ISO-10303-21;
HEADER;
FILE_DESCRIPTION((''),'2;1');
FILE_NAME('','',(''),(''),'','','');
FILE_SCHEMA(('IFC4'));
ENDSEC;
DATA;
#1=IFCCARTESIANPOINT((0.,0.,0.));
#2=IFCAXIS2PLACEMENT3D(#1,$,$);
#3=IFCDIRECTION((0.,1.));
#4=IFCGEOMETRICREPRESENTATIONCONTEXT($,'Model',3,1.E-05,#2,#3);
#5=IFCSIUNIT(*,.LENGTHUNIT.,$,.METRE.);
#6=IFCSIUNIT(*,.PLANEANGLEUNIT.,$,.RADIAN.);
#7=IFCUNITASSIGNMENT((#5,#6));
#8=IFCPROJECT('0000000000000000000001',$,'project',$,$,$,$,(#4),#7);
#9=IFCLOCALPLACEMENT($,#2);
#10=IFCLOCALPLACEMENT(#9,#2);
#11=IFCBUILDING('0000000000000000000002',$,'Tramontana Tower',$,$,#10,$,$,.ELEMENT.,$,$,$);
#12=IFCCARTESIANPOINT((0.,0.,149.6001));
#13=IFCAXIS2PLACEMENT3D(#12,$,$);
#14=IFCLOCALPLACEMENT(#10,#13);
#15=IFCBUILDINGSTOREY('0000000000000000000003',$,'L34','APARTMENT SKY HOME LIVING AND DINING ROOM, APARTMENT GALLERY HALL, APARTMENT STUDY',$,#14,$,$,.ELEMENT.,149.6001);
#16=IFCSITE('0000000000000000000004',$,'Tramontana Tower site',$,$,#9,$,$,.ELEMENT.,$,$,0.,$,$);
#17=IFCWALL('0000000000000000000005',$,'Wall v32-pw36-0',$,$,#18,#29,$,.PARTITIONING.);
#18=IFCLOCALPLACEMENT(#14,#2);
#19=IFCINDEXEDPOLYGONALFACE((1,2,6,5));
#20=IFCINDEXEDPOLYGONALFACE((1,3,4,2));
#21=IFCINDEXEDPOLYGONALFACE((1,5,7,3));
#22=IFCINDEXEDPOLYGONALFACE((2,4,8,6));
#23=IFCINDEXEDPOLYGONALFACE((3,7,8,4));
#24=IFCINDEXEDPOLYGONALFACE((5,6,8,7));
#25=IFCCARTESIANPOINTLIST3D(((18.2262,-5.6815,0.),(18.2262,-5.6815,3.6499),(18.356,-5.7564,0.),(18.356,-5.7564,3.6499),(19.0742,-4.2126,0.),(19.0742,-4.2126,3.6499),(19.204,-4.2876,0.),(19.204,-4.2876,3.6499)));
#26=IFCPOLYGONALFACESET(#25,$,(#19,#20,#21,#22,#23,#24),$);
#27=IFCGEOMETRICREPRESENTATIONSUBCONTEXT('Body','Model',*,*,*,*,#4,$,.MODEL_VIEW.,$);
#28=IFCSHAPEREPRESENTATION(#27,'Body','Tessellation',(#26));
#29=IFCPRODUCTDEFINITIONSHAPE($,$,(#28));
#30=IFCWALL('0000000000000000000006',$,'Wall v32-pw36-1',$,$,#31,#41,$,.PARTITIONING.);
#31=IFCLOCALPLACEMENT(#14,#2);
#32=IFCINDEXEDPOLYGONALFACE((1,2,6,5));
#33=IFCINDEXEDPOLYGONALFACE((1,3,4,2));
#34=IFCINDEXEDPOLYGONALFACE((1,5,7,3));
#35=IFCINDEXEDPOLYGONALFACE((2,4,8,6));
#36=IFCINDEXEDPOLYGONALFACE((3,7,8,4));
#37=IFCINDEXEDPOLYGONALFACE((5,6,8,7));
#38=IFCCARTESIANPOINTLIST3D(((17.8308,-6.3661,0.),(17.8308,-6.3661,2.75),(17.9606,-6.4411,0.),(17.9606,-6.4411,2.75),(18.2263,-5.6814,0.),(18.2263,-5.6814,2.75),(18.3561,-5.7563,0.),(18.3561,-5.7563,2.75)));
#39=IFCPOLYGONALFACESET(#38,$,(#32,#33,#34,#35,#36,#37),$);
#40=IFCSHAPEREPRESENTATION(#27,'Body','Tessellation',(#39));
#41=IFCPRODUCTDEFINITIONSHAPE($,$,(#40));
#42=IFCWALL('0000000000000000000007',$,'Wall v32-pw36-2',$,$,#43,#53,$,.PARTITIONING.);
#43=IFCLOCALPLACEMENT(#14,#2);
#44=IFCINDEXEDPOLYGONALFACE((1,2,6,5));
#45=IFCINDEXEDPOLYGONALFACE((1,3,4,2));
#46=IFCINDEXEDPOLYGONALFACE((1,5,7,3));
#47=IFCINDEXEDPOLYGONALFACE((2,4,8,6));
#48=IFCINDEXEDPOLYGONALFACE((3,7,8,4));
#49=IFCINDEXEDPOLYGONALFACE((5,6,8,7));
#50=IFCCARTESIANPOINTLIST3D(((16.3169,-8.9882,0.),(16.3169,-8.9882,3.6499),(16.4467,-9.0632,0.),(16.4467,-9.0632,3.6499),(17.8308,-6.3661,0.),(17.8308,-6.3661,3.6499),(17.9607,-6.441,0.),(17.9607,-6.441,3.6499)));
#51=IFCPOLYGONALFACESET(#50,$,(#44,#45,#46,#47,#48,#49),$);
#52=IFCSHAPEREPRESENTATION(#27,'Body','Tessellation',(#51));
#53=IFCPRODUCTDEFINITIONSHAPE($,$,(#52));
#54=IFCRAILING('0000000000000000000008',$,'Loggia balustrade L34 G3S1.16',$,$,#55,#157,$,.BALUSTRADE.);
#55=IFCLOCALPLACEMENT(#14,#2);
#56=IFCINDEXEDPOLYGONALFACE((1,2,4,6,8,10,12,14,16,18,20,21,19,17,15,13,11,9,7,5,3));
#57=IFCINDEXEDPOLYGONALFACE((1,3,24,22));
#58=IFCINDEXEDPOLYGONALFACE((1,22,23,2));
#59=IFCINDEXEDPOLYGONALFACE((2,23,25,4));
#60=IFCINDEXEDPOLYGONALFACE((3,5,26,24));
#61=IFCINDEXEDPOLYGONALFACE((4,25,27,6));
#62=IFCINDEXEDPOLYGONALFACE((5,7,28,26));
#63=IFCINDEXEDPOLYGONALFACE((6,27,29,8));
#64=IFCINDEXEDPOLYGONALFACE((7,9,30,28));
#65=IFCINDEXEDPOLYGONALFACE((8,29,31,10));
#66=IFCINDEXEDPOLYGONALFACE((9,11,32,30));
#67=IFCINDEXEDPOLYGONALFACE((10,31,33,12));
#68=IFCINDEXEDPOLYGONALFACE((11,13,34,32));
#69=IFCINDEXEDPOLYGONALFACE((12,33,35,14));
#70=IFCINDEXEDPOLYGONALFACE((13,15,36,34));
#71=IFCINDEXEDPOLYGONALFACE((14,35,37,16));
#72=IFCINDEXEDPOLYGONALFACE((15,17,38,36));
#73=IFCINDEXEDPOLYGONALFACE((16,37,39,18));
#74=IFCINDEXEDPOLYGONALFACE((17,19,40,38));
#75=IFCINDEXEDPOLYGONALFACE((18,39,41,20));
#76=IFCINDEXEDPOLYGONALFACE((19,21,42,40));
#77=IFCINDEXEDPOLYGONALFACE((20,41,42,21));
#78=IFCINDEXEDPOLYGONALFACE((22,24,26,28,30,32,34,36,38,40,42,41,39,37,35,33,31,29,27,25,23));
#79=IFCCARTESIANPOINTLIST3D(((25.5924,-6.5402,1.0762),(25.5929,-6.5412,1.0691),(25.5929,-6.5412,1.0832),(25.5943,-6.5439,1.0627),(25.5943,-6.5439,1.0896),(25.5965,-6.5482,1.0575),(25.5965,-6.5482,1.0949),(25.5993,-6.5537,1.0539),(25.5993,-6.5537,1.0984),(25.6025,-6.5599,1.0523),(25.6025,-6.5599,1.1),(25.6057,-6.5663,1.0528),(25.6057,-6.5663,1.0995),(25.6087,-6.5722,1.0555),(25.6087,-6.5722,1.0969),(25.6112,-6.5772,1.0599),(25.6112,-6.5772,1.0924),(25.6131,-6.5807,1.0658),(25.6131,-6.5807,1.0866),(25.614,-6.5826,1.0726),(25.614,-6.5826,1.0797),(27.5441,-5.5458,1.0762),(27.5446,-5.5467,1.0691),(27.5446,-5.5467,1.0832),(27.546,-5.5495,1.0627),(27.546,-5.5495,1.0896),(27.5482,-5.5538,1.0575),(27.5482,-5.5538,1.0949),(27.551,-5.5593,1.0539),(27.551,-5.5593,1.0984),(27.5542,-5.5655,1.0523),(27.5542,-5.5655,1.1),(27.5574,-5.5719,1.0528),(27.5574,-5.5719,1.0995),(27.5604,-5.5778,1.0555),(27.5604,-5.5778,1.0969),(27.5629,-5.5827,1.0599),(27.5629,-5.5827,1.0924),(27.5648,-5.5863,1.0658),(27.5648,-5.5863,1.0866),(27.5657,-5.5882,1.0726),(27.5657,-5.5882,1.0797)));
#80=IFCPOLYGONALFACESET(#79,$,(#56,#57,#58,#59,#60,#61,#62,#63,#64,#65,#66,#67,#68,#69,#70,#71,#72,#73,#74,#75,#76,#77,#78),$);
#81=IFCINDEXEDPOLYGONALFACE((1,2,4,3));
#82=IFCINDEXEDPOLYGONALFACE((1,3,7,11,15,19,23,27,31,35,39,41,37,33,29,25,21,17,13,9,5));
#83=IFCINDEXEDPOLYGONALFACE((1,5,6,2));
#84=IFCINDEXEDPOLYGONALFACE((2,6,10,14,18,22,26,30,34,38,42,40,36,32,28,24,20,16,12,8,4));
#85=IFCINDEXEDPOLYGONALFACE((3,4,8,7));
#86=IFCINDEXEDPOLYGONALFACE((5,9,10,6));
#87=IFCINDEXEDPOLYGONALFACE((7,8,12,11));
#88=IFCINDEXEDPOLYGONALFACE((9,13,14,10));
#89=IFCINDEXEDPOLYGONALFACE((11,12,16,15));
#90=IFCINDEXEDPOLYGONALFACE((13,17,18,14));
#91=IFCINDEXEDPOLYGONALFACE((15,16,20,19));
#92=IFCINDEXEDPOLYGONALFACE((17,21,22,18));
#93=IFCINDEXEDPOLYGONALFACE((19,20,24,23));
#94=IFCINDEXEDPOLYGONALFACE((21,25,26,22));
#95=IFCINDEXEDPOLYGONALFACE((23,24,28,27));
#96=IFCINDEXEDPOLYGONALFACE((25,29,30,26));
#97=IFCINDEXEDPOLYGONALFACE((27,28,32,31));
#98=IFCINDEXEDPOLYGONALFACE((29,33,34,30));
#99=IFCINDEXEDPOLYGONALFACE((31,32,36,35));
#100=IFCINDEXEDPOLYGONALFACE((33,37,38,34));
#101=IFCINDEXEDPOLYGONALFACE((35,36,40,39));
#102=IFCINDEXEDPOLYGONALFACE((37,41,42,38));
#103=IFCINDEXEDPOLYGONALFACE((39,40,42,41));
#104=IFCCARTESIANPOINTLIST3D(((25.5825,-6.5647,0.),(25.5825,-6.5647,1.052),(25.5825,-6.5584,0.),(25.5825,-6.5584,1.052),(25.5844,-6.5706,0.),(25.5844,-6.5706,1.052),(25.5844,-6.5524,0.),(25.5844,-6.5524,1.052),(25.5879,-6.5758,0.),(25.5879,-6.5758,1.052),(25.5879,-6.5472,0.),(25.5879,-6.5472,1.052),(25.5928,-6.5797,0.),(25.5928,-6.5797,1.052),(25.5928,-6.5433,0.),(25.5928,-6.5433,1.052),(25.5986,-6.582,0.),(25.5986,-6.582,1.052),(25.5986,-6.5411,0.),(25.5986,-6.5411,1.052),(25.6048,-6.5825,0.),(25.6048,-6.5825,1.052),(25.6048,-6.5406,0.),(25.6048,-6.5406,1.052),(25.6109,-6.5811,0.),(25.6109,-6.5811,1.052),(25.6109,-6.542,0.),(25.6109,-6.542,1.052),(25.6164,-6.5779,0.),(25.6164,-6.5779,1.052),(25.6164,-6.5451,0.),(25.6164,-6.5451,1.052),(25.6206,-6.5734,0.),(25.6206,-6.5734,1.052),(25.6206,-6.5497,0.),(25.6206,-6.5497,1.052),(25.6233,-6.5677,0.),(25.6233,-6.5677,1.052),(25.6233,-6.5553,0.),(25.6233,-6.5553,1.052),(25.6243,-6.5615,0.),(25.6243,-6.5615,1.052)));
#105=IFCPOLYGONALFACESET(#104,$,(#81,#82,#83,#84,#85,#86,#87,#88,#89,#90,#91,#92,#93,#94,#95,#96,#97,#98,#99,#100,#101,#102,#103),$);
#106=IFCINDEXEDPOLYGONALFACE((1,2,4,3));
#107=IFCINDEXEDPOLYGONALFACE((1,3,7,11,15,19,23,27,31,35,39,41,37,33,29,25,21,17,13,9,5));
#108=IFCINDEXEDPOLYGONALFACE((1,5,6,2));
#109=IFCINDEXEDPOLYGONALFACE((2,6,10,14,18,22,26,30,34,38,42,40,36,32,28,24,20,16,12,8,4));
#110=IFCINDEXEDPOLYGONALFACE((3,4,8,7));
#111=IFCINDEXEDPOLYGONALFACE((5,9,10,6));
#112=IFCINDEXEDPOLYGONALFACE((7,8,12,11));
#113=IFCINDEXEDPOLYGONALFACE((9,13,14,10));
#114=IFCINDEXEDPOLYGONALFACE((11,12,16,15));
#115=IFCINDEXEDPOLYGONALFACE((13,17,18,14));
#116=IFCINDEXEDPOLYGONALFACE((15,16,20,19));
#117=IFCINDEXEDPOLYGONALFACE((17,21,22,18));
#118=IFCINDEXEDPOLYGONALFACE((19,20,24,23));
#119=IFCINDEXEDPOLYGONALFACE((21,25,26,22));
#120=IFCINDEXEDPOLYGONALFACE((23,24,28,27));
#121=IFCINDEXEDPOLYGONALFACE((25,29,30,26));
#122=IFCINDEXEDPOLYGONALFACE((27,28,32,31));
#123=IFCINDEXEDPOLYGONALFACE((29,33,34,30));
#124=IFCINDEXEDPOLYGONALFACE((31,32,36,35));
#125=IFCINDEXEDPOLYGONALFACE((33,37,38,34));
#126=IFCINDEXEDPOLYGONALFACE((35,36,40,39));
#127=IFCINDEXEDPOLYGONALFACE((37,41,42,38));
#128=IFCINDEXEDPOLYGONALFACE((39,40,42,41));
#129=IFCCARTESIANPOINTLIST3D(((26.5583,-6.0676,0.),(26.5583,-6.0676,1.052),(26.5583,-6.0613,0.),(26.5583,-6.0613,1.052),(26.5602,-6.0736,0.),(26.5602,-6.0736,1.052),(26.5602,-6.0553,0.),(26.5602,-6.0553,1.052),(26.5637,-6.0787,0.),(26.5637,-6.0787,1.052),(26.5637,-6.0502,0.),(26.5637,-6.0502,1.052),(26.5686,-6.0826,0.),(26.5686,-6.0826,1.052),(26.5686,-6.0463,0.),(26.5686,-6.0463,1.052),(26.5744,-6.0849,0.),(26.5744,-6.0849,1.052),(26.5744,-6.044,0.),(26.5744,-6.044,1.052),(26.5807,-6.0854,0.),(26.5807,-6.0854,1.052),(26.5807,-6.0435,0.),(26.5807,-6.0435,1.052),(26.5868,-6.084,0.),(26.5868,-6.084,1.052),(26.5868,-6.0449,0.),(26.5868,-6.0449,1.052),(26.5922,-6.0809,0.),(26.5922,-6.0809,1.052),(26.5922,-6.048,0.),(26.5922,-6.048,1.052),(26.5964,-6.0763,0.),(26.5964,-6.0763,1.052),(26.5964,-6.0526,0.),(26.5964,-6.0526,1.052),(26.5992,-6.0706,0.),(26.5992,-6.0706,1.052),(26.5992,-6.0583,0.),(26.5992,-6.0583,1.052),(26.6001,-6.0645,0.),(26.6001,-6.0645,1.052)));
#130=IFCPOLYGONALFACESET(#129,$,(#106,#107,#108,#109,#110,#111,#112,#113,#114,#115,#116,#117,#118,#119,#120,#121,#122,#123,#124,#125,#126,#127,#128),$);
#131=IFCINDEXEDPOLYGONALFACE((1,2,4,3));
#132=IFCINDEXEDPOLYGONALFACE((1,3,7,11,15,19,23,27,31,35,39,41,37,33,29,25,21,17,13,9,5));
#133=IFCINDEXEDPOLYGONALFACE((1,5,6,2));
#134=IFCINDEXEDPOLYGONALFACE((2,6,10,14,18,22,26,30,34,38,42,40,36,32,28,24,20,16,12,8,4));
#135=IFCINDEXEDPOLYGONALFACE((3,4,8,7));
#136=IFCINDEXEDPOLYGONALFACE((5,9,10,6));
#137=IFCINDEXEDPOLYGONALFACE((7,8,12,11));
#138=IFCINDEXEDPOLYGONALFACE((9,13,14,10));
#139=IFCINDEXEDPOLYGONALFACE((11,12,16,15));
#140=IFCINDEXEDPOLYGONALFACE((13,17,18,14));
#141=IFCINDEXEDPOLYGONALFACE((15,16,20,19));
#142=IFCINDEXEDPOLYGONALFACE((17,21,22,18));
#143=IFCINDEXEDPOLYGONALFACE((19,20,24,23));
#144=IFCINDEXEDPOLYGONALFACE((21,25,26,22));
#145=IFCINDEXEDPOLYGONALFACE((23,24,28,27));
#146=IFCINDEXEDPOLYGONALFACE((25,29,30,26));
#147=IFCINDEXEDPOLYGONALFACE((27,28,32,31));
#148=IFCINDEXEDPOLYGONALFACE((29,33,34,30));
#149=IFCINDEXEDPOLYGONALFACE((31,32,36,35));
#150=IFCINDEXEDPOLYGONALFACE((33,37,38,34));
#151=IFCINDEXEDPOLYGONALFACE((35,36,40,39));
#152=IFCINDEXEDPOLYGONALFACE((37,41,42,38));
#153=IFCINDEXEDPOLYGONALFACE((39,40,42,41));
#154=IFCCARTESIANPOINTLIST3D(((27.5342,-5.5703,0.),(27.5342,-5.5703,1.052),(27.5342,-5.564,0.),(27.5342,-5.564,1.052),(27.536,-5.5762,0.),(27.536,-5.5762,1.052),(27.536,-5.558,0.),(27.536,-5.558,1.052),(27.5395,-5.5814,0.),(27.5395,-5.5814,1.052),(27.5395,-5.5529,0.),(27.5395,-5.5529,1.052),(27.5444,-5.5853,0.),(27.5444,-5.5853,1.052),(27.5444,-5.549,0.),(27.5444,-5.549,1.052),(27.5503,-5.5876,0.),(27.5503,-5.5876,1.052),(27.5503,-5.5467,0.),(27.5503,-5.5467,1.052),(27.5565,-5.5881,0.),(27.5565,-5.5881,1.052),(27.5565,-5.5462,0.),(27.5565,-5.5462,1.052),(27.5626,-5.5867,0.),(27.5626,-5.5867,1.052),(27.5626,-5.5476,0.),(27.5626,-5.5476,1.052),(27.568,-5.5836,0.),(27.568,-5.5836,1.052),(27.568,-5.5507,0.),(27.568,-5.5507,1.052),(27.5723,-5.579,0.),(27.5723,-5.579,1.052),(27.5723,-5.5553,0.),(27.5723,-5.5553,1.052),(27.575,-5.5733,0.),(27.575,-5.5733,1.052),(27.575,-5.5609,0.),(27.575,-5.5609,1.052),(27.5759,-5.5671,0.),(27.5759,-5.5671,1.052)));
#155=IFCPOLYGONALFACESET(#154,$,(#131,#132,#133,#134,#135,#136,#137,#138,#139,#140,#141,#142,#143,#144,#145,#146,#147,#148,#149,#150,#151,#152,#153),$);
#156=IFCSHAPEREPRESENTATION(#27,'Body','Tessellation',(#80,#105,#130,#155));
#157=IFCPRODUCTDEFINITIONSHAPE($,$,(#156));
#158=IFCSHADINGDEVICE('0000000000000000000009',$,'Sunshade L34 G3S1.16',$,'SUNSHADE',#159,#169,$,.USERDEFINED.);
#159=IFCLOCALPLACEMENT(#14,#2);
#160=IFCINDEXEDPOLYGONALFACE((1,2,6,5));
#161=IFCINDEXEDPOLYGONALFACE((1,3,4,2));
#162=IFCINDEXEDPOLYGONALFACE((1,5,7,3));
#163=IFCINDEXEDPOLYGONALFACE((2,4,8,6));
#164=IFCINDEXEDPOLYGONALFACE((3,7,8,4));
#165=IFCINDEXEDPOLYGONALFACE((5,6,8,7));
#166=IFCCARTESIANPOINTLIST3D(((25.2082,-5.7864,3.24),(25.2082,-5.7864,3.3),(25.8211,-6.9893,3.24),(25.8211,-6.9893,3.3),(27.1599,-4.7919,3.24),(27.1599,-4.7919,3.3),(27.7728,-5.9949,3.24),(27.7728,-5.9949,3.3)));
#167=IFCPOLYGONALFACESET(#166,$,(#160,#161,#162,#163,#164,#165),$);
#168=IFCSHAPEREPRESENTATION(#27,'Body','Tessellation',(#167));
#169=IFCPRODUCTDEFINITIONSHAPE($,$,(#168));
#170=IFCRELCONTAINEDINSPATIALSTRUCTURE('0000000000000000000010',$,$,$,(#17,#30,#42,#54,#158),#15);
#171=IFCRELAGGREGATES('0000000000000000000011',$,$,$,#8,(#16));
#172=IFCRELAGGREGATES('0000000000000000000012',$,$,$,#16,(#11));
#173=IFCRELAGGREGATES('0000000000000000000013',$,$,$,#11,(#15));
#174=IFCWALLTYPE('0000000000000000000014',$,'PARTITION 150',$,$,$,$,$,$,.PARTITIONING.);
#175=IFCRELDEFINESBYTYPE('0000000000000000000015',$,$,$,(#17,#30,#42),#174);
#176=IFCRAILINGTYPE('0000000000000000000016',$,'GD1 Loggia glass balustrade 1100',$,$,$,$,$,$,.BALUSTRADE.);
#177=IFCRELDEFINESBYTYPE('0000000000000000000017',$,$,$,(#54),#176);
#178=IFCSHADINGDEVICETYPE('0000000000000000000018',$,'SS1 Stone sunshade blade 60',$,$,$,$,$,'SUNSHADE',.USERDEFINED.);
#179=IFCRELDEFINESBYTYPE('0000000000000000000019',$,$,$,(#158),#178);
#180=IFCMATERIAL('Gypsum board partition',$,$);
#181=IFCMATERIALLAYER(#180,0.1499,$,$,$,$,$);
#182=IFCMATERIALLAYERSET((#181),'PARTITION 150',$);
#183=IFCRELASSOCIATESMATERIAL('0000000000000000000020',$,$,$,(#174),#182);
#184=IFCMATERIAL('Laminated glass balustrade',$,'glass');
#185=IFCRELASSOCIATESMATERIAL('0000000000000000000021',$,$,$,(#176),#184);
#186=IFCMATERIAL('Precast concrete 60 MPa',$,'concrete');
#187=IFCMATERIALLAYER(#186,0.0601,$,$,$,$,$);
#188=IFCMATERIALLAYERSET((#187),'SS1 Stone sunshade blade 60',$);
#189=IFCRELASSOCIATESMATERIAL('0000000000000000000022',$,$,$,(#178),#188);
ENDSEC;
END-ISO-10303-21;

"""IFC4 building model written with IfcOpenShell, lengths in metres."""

from ifc_helpers import new_model, si_unit, direction, frame, frame_2d, origin, origin_2d, place, context, subcontext, project, spatial, rectangle, circle, extrude, material, layer, layer_set, type_object, element, save


model = new_model("IFC4")

# Units and contexts
model_context = context("Model", 3, precision=1e-05, world=origin(), true_north=direction((0.0, 1.0)))
body_context = subcontext(model_context, "Body", "Model", "MODEL_VIEW")
ifc_project = project(units=[si_unit("LENGTHUNIT", "METRE"), si_unit("PLANEANGLEUNIT", "RADIAN")], contexts=[model_context])

# Site, building, storey
site_placement = place(None, origin())
site = spatial("IfcSite", under=ifc_project, at=site_placement, Name="Tramontana Tower site", CompositionType="ELEMENT", RefElevation=0.0)
building_placement = place(site_placement, origin())
building = spatial("IfcBuilding", under=site, at=building_placement, Name="Tramontana Tower", CompositionType="ELEMENT")
storey_placement = place(building_placement, frame((0.0, 0.0, 149.6001)))
storey = spatial("IfcBuildingStorey", under=building, at=storey_placement, Name="L34", Description="APARTMENT SKY HOME LIVING AND DINING ROOM, APARTMENT GALLERY HALL, APARTMENT STUDY", CompositionType="ELEMENT", Elevation=149.6001)

# Walls
ifc_material_1 = material(Name="Gypsum board partition")
ifc_layer_1 = layer(ifc_material_1, 0.1499)
ifc_layer_set_1 = layer_set([ifc_layer_1], Name="PARTITION 150")
wall_type_1 = type_object("IfcWallType", Name="PARTITION 150", PredefinedType="PARTITIONING", material=ifc_layer_set_1)
wall_1_placement = place(storey_placement, frame((19.1392, -4.25, 0.0), z_axis=(0.0, 0.0, 1.0), x_axis=(-0.499963, -0.866047, 0.0)))
element("IfcWall", 1, at=wall_1_placement, inside=storey, type_object=wall_type_1, Name="Wall v32-pw36-0", PredefinedType="PARTITIONING", context=body_context, shape_type="SweptSolid", body=[
    extrude(rectangle(XDim=1.696, YDim=0.1499, at=frame_2d((0.8481, 0.0))), origin(), (0.0, 0.0, 1.0), 3.6499),
])
wall_2_placement = place(storey_placement, frame((18.2913, -5.7188, 0.0), z_axis=(0.0, 0.0, 1.0), x_axis=(-0.500123, -0.865954, 0.0)))
element("IfcWall", 2, at=wall_2_placement, inside=storey, type_object=wall_type_1, Name="Wall v32-pw36-1", PredefinedType="PARTITIONING", context=body_context, shape_type="SweptSolid", body=[
    extrude(rectangle(XDim=0.7908, YDim=0.1499, at=frame_2d((0.3955, 0.0))), origin(), (0.0, 0.0, 1.0), 2.75),
])
wall_3_placement = place(storey_placement, frame((17.8958, -6.4036, 0.0), z_axis=(0.0, 0.0, 1.0), x_axis=(-0.500016, -0.866016, 0.0)))
element("IfcWall", 3, at=wall_3_placement, inside=storey, type_object=wall_type_1, Name="Wall v32-pw36-2", PredefinedType="PARTITIONING", context=body_context, shape_type="SweptSolid", body=[
    extrude(rectangle(XDim=3.0278, YDim=0.1499, at=frame_2d((1.5139, 0.0))), origin(), (0.0, 0.0, 1.0), 3.6499),
])

# Railing
ifc_material_2 = material(Name="Laminated glass balustrade", Category="glass")
railing_type = type_object("IfcRailingType", Name="GD1 Loggia glass balustrade 1100", PredefinedType="BALUSTRADE", material=ifc_material_2)
railing_placement = place(storey_placement, frame((25.6033, -6.5615, 0.0)))
element("IfcRailing", 4, at=railing_placement, inside=storey, type_object=railing_type, Name="Loggia balustrade L34 G3S1.16", PredefinedType="BALUSTRADE", context=body_context, shape_type="SweptSolid", body=[
    extrude(circle(Radius=0.0239, at=origin_2d()), frame((0.0, 0.0, 1.0762), z_axis=(0.891013, 0.453978, 0.0), x_axis=(-0.453978, 0.891013, 0.0)), (0.0, 0.0, 1.0), 2.1904),
    extrude(circle(Radius=0.021, at=origin_2d()), origin(), (0.0, 0.0, 1.0), 1.052),
    extrude(circle(Radius=0.021, at=origin_2d()), frame((0.9758, 0.4971, 0.0)), (0.0, 0.0, 1.0), 1.052),
    extrude(circle(Radius=0.021, at=origin_2d()), frame((1.9517, 0.9944, 0.0)), (0.0, 0.0, 1.0), 1.052),
])

# Shading device
ifc_material_3 = material(Name="Precast concrete 60 MPa", Category="concrete")
ifc_layer_2 = layer(ifc_material_3, 0.0601)
ifc_layer_set_2 = layer_set([ifc_layer_2], Name="SS1 Stone sunshade blade 60")
shading_device_type = type_object("IfcShadingDeviceType", Name="SS1 Stone sunshade blade 60", ElementType="SUNSHADE", PredefinedType="USERDEFINED", material=ifc_layer_set_2)
shading_device_placement = place(storey_placement, frame((26.4905, -5.8906, 3.24), z_axis=(0.0, 0.0, 1.0), x_axis=(0.891007, 0.45399, 0.0)))
element("IfcShadingDevice", 5, at=shading_device_placement, inside=storey, type_object=shading_device_type, Name="Sunshade L34 G3S1.16", ObjectType="SUNSHADE", PredefinedType="USERDEFINED", context=body_context, shape_type="SweptSolid", body=[
    extrude(rectangle(XDim=2.1904, YDim=1.3501, at=origin_2d()), origin(), (0.0, 0.0, 1.0), 0.0601),
])

save(model, "model.ifc")
